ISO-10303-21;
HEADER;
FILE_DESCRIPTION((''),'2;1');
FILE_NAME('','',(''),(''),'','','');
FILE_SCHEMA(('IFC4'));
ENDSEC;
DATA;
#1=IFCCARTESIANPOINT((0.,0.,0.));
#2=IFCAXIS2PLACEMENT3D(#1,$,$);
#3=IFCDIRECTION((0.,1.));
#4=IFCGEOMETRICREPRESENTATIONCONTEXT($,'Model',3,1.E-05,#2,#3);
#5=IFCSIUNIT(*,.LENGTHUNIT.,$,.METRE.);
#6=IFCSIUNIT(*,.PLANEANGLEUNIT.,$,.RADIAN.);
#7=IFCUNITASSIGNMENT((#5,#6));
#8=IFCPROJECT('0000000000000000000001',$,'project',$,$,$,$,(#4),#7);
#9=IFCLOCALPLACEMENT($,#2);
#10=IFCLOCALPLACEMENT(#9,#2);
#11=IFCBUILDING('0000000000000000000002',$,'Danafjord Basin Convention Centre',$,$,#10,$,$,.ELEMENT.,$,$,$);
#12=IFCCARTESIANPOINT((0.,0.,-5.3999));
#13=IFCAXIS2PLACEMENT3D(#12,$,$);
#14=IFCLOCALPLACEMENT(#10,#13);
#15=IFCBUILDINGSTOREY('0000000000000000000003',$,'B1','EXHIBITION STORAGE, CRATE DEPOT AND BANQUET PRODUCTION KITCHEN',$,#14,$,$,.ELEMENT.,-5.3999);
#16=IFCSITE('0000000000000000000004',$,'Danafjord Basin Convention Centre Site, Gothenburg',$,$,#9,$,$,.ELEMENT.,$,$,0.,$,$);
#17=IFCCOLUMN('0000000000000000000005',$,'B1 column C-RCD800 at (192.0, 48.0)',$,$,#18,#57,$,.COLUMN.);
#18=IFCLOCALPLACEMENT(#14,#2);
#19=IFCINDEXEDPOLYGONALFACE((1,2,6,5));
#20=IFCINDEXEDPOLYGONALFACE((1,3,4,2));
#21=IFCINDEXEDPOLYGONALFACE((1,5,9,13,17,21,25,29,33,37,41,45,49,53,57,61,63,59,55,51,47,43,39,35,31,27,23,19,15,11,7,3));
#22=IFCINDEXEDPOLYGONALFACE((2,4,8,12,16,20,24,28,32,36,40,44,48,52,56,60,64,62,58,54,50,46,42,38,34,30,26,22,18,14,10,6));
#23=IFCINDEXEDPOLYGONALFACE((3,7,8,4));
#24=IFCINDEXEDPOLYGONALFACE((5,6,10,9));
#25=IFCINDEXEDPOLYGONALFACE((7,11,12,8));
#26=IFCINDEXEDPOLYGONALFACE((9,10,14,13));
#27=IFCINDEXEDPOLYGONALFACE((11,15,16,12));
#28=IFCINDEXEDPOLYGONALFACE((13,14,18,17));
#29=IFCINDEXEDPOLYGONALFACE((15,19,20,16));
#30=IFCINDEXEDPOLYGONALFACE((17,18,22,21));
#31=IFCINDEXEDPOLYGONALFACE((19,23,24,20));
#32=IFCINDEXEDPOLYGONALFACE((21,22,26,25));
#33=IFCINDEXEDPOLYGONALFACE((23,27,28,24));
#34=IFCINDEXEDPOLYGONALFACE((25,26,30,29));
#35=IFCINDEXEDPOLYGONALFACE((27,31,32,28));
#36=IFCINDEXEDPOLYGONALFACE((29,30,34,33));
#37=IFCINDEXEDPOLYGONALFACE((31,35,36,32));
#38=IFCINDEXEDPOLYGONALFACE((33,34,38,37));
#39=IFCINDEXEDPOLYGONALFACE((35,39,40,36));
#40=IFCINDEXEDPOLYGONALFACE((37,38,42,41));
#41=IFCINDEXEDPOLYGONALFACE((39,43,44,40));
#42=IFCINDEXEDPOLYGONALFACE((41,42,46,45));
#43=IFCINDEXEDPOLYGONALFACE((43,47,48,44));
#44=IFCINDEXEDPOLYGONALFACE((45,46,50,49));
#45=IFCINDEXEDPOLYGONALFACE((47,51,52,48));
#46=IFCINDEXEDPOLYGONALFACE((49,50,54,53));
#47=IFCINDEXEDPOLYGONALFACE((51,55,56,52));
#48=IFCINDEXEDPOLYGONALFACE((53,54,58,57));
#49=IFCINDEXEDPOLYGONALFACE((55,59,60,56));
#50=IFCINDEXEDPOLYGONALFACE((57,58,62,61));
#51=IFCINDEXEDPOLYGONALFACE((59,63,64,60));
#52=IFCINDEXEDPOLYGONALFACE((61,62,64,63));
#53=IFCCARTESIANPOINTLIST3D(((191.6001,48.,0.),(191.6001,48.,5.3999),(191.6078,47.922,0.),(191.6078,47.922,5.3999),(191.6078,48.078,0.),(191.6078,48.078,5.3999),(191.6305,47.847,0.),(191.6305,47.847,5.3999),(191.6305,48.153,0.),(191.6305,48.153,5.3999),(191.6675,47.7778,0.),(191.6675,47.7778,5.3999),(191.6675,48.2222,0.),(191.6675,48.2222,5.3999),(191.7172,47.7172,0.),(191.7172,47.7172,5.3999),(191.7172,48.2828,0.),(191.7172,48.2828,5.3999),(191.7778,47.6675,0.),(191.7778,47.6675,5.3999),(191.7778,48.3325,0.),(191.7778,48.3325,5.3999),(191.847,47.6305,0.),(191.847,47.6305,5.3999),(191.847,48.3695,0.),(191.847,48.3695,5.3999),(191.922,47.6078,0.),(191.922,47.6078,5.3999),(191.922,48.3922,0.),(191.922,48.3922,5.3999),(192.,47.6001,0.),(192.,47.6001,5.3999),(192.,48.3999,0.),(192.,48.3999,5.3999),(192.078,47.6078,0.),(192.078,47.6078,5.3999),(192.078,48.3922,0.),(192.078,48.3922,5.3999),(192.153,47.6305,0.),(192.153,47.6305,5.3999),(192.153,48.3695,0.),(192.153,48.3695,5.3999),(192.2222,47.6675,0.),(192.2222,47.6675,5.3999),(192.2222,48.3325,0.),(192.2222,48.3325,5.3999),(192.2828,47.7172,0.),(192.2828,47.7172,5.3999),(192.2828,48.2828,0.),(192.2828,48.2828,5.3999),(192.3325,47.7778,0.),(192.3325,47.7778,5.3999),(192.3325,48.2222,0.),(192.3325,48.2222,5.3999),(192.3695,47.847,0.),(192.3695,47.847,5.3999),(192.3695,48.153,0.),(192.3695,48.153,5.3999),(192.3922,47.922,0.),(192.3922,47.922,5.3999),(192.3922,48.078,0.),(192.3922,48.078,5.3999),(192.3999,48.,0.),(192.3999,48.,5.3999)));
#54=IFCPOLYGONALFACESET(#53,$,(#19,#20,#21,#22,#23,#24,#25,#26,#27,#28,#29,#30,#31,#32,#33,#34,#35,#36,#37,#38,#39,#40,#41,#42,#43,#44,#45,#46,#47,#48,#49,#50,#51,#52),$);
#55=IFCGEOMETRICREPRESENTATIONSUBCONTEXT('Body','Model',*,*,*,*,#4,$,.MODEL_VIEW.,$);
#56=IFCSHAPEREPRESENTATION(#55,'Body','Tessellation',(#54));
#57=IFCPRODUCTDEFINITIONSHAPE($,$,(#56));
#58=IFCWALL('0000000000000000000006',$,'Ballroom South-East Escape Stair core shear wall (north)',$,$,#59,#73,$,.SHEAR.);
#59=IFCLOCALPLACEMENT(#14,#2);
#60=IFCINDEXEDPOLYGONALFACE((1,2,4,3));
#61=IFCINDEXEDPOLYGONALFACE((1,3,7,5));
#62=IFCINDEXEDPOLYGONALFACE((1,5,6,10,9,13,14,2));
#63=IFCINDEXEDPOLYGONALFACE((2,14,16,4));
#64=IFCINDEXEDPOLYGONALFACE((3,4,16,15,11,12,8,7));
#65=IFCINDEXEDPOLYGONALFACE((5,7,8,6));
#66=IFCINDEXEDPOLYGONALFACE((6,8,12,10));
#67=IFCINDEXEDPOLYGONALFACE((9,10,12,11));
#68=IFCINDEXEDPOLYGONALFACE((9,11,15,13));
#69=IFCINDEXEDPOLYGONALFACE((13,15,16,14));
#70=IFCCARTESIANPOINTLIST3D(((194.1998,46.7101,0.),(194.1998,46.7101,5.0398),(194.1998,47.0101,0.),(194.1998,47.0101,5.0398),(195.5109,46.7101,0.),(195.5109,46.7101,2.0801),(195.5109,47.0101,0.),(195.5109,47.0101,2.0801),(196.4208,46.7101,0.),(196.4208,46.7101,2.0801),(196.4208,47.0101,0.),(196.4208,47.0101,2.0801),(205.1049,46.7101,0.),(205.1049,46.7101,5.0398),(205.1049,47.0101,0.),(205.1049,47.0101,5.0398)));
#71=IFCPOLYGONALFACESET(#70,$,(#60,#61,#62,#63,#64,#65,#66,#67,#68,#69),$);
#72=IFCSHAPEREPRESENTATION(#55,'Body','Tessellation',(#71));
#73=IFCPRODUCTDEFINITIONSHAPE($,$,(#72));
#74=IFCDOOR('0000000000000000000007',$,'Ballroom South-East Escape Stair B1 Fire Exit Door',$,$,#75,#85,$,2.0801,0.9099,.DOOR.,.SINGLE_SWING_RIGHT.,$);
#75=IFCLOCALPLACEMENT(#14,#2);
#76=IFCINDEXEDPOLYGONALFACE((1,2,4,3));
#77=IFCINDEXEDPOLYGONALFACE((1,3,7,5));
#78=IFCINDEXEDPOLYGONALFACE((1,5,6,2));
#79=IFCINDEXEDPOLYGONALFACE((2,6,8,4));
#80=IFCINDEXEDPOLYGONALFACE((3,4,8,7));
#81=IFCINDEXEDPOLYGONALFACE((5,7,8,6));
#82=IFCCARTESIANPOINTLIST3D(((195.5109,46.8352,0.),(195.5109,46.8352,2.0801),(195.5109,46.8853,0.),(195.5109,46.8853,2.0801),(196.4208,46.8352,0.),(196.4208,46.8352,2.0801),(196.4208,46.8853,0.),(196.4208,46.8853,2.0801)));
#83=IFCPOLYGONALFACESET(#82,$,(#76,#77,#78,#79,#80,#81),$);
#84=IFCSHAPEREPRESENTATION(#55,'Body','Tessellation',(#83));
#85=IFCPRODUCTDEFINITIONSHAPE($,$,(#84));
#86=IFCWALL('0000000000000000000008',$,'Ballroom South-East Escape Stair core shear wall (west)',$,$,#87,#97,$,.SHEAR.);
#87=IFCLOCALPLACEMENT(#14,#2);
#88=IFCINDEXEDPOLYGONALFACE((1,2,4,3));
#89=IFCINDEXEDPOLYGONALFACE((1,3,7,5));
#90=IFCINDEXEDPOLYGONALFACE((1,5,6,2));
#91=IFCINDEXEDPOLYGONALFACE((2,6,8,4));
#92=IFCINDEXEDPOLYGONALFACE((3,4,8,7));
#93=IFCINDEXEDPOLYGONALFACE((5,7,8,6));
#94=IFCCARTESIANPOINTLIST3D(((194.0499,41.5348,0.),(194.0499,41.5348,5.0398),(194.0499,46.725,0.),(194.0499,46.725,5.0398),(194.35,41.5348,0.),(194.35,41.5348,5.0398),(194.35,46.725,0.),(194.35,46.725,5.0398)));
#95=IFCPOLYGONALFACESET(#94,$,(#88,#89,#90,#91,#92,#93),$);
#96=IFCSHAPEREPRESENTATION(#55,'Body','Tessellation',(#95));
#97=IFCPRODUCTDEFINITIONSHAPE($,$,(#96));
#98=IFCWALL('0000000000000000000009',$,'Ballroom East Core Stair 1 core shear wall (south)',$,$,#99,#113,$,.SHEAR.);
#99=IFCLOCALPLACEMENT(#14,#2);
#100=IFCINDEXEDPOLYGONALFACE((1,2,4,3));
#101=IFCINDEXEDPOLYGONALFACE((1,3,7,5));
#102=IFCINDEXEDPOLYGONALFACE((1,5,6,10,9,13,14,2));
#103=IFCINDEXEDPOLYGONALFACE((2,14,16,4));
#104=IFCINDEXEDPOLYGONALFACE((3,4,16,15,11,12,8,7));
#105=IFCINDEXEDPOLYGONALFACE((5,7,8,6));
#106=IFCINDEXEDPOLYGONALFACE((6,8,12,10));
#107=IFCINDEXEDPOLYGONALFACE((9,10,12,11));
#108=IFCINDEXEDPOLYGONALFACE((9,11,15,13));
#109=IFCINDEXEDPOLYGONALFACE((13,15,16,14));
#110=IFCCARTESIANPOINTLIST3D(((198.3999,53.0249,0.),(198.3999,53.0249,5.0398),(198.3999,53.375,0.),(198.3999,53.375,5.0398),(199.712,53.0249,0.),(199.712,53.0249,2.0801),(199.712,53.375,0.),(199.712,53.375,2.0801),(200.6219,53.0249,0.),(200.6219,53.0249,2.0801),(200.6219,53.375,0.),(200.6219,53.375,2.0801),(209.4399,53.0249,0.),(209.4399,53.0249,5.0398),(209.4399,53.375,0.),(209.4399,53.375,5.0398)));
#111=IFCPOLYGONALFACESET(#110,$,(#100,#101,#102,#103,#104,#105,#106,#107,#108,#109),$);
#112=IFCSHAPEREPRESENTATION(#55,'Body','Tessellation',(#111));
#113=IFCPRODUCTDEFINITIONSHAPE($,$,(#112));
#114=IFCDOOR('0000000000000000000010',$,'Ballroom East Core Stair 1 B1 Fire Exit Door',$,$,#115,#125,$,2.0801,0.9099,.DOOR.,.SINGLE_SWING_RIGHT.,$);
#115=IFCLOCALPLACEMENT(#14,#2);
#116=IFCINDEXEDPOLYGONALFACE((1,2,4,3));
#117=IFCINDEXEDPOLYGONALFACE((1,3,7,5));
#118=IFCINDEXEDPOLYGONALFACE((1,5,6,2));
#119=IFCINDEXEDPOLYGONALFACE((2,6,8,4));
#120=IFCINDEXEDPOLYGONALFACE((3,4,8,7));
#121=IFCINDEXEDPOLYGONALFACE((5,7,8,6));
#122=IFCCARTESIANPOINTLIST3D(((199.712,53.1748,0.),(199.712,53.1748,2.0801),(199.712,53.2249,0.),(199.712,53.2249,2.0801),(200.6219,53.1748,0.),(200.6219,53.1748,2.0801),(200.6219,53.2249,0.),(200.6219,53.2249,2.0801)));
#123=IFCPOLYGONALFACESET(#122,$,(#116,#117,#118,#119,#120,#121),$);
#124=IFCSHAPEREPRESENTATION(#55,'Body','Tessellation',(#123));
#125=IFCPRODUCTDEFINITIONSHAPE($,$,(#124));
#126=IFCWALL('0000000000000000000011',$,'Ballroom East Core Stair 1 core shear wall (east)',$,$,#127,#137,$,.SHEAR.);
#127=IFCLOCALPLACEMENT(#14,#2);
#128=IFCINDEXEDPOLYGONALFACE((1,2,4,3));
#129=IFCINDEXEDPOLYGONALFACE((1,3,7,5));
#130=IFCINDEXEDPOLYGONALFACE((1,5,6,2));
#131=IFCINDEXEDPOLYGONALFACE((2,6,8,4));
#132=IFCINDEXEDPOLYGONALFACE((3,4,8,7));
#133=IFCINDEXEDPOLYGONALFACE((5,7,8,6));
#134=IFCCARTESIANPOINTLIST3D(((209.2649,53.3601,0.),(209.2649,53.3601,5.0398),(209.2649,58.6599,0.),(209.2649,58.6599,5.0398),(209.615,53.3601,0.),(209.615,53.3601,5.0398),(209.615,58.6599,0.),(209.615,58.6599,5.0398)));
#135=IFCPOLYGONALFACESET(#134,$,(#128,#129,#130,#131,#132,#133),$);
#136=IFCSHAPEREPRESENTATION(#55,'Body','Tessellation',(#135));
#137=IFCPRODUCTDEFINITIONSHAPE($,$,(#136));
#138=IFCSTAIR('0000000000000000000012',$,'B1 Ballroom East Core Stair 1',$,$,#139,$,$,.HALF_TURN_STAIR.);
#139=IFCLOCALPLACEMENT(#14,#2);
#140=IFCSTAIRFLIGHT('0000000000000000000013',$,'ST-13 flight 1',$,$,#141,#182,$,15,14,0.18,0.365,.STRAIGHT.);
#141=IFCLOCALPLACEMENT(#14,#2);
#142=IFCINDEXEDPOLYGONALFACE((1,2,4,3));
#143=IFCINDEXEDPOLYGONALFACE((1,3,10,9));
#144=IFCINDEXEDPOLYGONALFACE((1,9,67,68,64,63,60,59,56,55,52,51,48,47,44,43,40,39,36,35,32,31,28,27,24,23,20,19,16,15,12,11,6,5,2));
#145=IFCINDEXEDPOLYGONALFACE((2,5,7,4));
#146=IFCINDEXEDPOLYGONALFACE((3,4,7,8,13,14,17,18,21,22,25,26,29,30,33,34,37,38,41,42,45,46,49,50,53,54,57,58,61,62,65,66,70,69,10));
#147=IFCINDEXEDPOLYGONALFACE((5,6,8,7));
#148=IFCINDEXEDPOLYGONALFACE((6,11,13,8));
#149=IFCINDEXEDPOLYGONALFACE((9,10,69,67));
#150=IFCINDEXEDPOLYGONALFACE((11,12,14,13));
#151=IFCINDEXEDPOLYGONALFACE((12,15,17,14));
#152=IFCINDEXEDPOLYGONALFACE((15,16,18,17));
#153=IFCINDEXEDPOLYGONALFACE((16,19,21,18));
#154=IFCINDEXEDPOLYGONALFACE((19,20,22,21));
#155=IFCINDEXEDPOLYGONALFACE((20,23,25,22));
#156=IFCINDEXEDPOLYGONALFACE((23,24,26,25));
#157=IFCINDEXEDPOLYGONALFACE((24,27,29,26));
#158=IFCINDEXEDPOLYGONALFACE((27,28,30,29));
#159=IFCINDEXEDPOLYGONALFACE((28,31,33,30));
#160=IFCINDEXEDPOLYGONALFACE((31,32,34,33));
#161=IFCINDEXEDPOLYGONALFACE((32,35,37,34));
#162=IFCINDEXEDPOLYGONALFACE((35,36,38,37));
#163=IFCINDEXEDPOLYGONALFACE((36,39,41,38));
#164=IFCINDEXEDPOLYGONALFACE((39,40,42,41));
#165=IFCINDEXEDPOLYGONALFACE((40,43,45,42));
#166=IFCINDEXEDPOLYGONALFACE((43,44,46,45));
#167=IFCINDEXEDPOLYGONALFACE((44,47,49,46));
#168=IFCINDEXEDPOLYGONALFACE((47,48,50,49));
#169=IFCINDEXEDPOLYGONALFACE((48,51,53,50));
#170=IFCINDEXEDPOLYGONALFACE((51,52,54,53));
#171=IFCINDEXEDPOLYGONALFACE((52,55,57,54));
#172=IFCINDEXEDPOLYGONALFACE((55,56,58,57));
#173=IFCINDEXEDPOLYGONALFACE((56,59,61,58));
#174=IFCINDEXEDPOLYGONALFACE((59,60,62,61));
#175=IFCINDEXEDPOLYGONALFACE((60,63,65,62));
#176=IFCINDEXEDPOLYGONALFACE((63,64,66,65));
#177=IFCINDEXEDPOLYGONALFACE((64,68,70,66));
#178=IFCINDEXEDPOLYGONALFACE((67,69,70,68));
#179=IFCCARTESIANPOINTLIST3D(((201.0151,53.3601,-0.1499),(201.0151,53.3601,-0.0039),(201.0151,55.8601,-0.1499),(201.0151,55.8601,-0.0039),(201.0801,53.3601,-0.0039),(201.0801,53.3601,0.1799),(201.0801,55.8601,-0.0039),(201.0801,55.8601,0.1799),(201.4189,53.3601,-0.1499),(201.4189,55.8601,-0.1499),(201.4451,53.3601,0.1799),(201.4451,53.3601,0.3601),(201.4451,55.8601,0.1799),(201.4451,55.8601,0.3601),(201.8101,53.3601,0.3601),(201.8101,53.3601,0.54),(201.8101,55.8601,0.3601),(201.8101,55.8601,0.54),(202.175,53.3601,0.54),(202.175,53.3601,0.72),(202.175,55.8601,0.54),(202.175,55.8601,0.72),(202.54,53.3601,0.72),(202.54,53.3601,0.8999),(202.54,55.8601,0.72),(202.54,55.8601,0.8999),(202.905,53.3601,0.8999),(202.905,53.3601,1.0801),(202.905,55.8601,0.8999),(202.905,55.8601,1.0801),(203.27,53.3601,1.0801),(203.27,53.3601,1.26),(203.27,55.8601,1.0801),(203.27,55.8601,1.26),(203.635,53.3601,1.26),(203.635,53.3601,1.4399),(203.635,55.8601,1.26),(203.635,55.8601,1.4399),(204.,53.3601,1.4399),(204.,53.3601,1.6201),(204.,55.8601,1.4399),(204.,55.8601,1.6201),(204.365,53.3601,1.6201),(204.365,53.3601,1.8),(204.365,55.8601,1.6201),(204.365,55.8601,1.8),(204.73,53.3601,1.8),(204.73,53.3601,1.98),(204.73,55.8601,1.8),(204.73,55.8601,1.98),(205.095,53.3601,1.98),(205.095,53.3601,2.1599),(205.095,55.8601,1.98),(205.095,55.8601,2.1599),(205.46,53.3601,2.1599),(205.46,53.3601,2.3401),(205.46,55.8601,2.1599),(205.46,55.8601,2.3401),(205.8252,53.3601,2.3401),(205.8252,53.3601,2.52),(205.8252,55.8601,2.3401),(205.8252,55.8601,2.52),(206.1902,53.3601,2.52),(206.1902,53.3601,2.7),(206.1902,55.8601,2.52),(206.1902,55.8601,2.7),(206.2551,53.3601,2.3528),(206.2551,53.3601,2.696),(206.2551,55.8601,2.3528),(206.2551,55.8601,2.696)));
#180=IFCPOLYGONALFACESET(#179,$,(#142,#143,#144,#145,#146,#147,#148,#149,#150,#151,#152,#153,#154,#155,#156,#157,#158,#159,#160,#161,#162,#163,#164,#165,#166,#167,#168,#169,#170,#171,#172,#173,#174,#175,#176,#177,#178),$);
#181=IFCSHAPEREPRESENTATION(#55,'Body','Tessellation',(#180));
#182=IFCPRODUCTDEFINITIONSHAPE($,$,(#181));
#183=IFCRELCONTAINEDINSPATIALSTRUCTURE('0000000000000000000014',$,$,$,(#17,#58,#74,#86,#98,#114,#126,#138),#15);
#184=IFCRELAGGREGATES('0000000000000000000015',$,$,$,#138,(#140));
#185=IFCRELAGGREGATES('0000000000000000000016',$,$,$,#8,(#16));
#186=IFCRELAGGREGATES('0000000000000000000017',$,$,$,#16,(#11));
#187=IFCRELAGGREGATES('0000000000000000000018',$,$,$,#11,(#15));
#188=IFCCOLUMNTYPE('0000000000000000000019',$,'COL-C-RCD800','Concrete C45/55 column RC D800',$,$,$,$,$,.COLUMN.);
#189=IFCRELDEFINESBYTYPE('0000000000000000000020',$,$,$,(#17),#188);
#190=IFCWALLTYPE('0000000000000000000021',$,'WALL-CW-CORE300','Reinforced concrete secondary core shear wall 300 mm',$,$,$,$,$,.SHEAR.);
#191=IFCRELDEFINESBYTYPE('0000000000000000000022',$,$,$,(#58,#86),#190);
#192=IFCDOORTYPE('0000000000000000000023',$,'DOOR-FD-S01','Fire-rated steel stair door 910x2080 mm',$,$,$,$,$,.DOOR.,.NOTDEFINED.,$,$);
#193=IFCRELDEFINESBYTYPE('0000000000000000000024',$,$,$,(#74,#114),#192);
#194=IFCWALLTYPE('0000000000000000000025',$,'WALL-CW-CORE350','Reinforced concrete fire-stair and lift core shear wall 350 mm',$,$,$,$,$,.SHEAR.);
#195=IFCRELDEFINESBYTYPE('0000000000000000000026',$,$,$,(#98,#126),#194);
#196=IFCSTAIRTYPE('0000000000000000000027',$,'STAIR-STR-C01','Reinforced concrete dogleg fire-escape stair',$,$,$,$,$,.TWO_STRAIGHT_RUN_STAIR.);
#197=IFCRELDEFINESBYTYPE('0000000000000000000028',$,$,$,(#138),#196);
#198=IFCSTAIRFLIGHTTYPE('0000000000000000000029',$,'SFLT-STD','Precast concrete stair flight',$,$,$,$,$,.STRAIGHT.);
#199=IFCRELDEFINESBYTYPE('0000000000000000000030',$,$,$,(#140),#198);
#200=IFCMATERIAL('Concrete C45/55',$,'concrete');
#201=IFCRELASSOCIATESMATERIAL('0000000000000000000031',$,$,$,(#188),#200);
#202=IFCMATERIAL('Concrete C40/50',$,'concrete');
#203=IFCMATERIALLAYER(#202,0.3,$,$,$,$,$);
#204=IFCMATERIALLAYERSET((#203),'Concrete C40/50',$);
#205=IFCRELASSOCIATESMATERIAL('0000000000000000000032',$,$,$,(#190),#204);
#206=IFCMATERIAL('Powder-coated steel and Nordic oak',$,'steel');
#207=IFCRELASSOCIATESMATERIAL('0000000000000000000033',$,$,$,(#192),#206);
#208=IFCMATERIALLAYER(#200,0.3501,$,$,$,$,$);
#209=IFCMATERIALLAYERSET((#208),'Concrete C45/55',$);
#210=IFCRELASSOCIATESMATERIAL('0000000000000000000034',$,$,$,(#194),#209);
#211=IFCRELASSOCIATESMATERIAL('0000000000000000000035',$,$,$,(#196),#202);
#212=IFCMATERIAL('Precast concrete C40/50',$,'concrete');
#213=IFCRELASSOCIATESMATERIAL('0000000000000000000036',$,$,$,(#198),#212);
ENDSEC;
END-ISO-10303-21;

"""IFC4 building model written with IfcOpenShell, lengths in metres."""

from ifc_helpers import new_model, si_unit, direction, frame, frame_2d, origin, origin_2d, place, context, subcontext, project, spatial, polyline, rectangle, circle, outline, extrude, material, layer, layer_set, material_profile, profile_set, type_object, element, fill, aggregate, save


model = new_model("IFC4")

# Units and contexts
model_context = context("Model", 3, precision=1e-05, world=origin(), true_north=direction((0.0, 1.0)))
body_context = subcontext(model_context, "Body", "Model", "MODEL_VIEW")
ifc_project = project(units=[si_unit("LENGTHUNIT", "METRE"), si_unit("PLANEANGLEUNIT", "RADIAN")], contexts=[model_context])

# Site, building, storey
site_placement = place(None, origin())
site = spatial("IfcSite", under=ifc_project, at=site_placement, Name="Danafjord Basin Convention Centre Site, Gothenburg", CompositionType="ELEMENT", RefElevation=0.0)
building_placement = place(site_placement, origin())
building = spatial("IfcBuilding", under=site, at=building_placement, Name="Danafjord Basin Convention Centre", CompositionType="ELEMENT")
storey_placement = place(building_placement, frame((0.0, 0.0, -5.3999)))
storey = spatial("IfcBuildingStorey", under=building, at=storey_placement, Name="B1", Description="EXHIBITION STORAGE, CRATE DEPOT AND BANQUET PRODUCTION KITCHEN", CompositionType="ELEMENT", Elevation=-5.3999)

# Shared definitions
ifc_material_1 = material(Name="Concrete C40/50", Category="concrete")

# Column
ifc_material_2 = material(Name="Concrete C45/55", Category="concrete")
ifc_material_profile_1 = material_profile(ifc_material_2, circle(Radius=0.3999, at=origin_2d()), Name="RC D800")
ifc_profile_set_1 = profile_set([ifc_material_profile_1], Name="Concrete C45/55")
column_type_1 = type_object("IfcColumnType", Name="COL-C-RCD800", Description="Concrete C45/55 column RC D800", PredefinedType="COLUMN", material=ifc_profile_set_1)
column_1_placement = place(storey_placement, frame((192.0, 48.0, 0.0), z_axis=(0.0, 0.0, 1.0), x_axis=(1.0, 0.0, 0.0)))
element("IfcColumn", 1, at=column_1_placement, inside=storey, type_object=column_type_1, Name="B1 column C-RCD800 at (192.0, 48.0)", PredefinedType="COLUMN", context=body_context, shape_type="SweptSolid", body=[
    extrude(circle(Radius=0.3999, at=origin_2d()), origin(), (0.0, 0.0, 1.0), 5.3999),
])

# Wall, opening, door
ifc_layer_1 = layer(ifc_material_1, 0.3)
ifc_layer_set_1 = layer_set([ifc_layer_1], Name="Concrete C40/50")
wall_type_1 = type_object("IfcWallType", Name="WALL-CW-CORE300", Description="Reinforced concrete secondary core shear wall 300 mm", PredefinedType="SHEAR", material=ifc_layer_set_1)
wall_1_placement = place(storey_placement, frame((205.105, 46.8601, 0.0), z_axis=(0.0, 0.0, 1.0), x_axis=(-1.0, 0.0, 0.0)))
wall_1 = element("IfcWall", 2, at=wall_1_placement, inside=storey, type_object=wall_type_1, Name="Ballroom South-East Escape Stair core shear wall (north)", PredefinedType="SHEAR", context=body_context, shape_type="SweptSolid", body=[
    extrude(rectangle(XDim=10.905, YDim=0.3, at=frame_2d((5.4526, 0.0))), origin(), (0.0, 0.0, 1.0), 5.0398),
])
opening_1_placement = place(wall_1_placement, frame((8.6841, 0.0, 0.0)))
opening_1 = element("IfcOpeningElement", 3, at=opening_1_placement, cuts=wall_1, PredefinedType="OPENING", context=body_context, shape_type="SweptSolid", body=[
    extrude(rectangle(XDim=0.9099, YDim=2.0801, at=frame_2d((0.4551, 1.04))), frame((0.0, 0.1599, 0.0), z_axis=(0.0, -1.0, 0.0), x_axis=(1.0, 0.0, 0.0)), (0.0, 0.0, 1.0), 0.3201),
])
ifc_material_3 = material(Name="Powder-coated steel and Nordic oak", Category="steel")
door_type = type_object("IfcDoorType", Name="DOOR-FD-S01", Description="Fire-rated steel stair door 910x2080 mm", OperationType="NOTDEFINED", PredefinedType="DOOR", material=ifc_material_3)
door_1_placement = place(opening_1_placement, origin())
door_1 = element("IfcDoor", 4, at=door_1_placement, inside=storey, type_object=door_type, Name="Ballroom South-East Escape Stair B1 Fire Exit Door", OperationType="SINGLE_SWING_RIGHT", OverallHeight=2.0801, OverallWidth=0.9099, PredefinedType="DOOR", context=body_context, shape_type="SweptSolid", body=[
    extrude(rectangle(XDim=0.9099, YDim=2.0801, at=frame_2d((0.4551, 1.04))), frame((0.0, 0.0249, 0.0), z_axis=(0.0, -1.0, 0.0), x_axis=(1.0, 0.0, 0.0)), (0.0, 0.0, 1.0), 0.05),
])
fill(opening_1, door_1)

# Wall
wall_2_placement = place(storey_placement, frame((194.2, 46.7251, 0.0), z_axis=(0.0, 0.0, 1.0), x_axis=(0.0, -1.0, 0.0)))
element("IfcWall", 5, at=wall_2_placement, inside=storey, type_object=wall_type_1, Name="Ballroom South-East Escape Stair core shear wall (west)", PredefinedType="SHEAR", context=body_context, shape_type="SweptSolid", body=[
    extrude(rectangle(XDim=5.1902, YDim=0.3, at=frame_2d((2.5952, 0.0))), origin(), (0.0, 0.0, 1.0), 5.0398),
])

# Wall, opening, door
ifc_layer_2 = layer(ifc_material_2, 0.3501)
ifc_layer_set_2 = layer_set([ifc_layer_2], Name="Concrete C45/55")
wall_type_2 = type_object("IfcWallType", Name="WALL-CW-CORE350", Description="Reinforced concrete fire-stair and lift core shear wall 350 mm", PredefinedType="SHEAR", material=ifc_layer_set_2)
wall_3_placement = place(storey_placement, frame((198.3999, 53.2, 0.0), z_axis=(0.0, 0.0, 1.0), x_axis=(1.0, 0.0, 0.0)))
wall_3 = element("IfcWall", 6, at=wall_3_placement, inside=storey, type_object=wall_type_2, Name="Ballroom East Core Stair 1 core shear wall (south)", PredefinedType="SHEAR", context=body_context, shape_type="SweptSolid", body=[
    extrude(rectangle(XDim=11.04, YDim=0.3501, at=frame_2d((5.52, 0.0))), origin(), (0.0, 0.0, 1.0), 5.0398),
])
opening_2_placement = place(wall_3_placement, frame((1.312, 0.0, 0.0)))
opening_2 = element("IfcOpeningElement", 7, at=opening_2_placement, cuts=wall_3, PredefinedType="OPENING", context=body_context, shape_type="SweptSolid", body=[
    extrude(rectangle(XDim=0.9099, YDim=2.0801, at=frame_2d((0.4551, 1.04))), frame((0.0, 0.1851, 0.0), z_axis=(0.0, -1.0, 0.0), x_axis=(1.0, 0.0, 0.0)), (0.0, 0.0, 1.0), 0.3701),
])
door_2_placement = place(opening_2_placement, origin())
door_2 = element("IfcDoor", 8, at=door_2_placement, inside=storey, type_object=door_type, Name="Ballroom East Core Stair 1 B1 Fire Exit Door", OperationType="SINGLE_SWING_RIGHT", OverallHeight=2.0801, OverallWidth=0.9099, PredefinedType="DOOR", context=body_context, shape_type="SweptSolid", body=[
    extrude(rectangle(XDim=0.9099, YDim=2.0801, at=frame_2d((0.4551, 1.04))), frame((0.0, 0.0249, 0.0), z_axis=(0.0, -1.0, 0.0), x_axis=(1.0, 0.0, 0.0)), (0.0, 0.0, 1.0), 0.05),
])
fill(opening_2, door_2)

# Wall
wall_4_placement = place(storey_placement, frame((209.4399, 53.3601, 0.0), z_axis=(0.0, 0.0, 1.0), x_axis=(0.0, 1.0, 0.0)))
element("IfcWall", 9, at=wall_4_placement, inside=storey, type_object=wall_type_2, Name="Ballroom East Core Stair 1 core shear wall (east)", PredefinedType="SHEAR", context=body_context, shape_type="SweptSolid", body=[
    extrude(rectangle(XDim=5.2998, YDim=0.3501, at=frame_2d((2.6499, 0.0))), origin(), (0.0, 0.0, 1.0), 5.0398),
])

# Stair, stair flight
stair_type = type_object("IfcStairType", Name="STAIR-STR-C01", Description="Reinforced concrete dogleg fire-escape stair", PredefinedType="TWO_STRAIGHT_RUN_STAIR", material=ifc_material_1)
stair_1_placement = place(storey_placement, origin())
stair_1 = element("IfcStair", 10, at=stair_1_placement, inside=storey, type_object=stair_type, Name="B1 Ballroom East Core Stair 1", PredefinedType="HALF_TURN_STAIR")
ifc_material_4 = material(Name="Precast concrete C40/50", Category="concrete")
stair_flight_type = type_object("IfcStairFlightType", Name="SFLT-STD", Description="Precast concrete stair flight", PredefinedType="STRAIGHT", material=ifc_material_4)
stair_flight_1_placement = place(storey_placement, frame((201.0801, 54.6101, 0.0), z_axis=(0.0, 0.0, 1.0), x_axis=(1.0, 0.0, 0.0)))
stair_flight_1 = element("IfcStairFlight", 11, at=stair_flight_1_placement, type_object=stair_flight_type, Name="ST-13 flight 1", NumberOfRisers=15, NumberOfTreads=14, PredefinedType="STRAIGHT", RiserHeight=0.18, TreadLength=0.365, context=body_context, shape_type="SweptSolid", body=[
    extrude(outline(polyline([(-0.0649, -0.1499), (-0.0649, -0.0039), (0.0, -0.0039), (0.0, 0.1799), (0.365, 0.1799), (0.365, 0.3601), (0.73, 0.3601), (0.73, 0.54), (1.095, 0.54), (1.095, 0.72), (1.46, 0.72), (1.46, 0.8999), (1.825, 0.8999), (1.825, 1.0801), (2.1899, 1.0801), (2.1899, 1.26), (2.5549, 1.26), (2.5549, 1.4399), (2.9199, 1.4399), (2.9199, 1.6201), (3.2849, 1.6201), (3.2849, 1.8), (3.6499, 1.8), (3.6499, 1.98), (4.0149, 1.98), (4.0149, 2.1599), (4.3799, 2.1599), (4.3799, 2.3401), (4.7451, 2.3401), (4.7451, 2.52), (5.1101, 2.52), (5.1101, 2.7), (5.175, 2.696), (5.175, 2.3528), (0.3389, -0.1499), (-0.0649, -0.1499)])), frame((0.0, 1.25, 0.0), z_axis=(0.0, -1.0, 0.0), x_axis=(1.0, 0.0, 0.0)), (0.0, 0.0, 1.0), 2.5),
])
aggregate(stair_1, [stair_flight_1])

save(model, "model.ifc")
